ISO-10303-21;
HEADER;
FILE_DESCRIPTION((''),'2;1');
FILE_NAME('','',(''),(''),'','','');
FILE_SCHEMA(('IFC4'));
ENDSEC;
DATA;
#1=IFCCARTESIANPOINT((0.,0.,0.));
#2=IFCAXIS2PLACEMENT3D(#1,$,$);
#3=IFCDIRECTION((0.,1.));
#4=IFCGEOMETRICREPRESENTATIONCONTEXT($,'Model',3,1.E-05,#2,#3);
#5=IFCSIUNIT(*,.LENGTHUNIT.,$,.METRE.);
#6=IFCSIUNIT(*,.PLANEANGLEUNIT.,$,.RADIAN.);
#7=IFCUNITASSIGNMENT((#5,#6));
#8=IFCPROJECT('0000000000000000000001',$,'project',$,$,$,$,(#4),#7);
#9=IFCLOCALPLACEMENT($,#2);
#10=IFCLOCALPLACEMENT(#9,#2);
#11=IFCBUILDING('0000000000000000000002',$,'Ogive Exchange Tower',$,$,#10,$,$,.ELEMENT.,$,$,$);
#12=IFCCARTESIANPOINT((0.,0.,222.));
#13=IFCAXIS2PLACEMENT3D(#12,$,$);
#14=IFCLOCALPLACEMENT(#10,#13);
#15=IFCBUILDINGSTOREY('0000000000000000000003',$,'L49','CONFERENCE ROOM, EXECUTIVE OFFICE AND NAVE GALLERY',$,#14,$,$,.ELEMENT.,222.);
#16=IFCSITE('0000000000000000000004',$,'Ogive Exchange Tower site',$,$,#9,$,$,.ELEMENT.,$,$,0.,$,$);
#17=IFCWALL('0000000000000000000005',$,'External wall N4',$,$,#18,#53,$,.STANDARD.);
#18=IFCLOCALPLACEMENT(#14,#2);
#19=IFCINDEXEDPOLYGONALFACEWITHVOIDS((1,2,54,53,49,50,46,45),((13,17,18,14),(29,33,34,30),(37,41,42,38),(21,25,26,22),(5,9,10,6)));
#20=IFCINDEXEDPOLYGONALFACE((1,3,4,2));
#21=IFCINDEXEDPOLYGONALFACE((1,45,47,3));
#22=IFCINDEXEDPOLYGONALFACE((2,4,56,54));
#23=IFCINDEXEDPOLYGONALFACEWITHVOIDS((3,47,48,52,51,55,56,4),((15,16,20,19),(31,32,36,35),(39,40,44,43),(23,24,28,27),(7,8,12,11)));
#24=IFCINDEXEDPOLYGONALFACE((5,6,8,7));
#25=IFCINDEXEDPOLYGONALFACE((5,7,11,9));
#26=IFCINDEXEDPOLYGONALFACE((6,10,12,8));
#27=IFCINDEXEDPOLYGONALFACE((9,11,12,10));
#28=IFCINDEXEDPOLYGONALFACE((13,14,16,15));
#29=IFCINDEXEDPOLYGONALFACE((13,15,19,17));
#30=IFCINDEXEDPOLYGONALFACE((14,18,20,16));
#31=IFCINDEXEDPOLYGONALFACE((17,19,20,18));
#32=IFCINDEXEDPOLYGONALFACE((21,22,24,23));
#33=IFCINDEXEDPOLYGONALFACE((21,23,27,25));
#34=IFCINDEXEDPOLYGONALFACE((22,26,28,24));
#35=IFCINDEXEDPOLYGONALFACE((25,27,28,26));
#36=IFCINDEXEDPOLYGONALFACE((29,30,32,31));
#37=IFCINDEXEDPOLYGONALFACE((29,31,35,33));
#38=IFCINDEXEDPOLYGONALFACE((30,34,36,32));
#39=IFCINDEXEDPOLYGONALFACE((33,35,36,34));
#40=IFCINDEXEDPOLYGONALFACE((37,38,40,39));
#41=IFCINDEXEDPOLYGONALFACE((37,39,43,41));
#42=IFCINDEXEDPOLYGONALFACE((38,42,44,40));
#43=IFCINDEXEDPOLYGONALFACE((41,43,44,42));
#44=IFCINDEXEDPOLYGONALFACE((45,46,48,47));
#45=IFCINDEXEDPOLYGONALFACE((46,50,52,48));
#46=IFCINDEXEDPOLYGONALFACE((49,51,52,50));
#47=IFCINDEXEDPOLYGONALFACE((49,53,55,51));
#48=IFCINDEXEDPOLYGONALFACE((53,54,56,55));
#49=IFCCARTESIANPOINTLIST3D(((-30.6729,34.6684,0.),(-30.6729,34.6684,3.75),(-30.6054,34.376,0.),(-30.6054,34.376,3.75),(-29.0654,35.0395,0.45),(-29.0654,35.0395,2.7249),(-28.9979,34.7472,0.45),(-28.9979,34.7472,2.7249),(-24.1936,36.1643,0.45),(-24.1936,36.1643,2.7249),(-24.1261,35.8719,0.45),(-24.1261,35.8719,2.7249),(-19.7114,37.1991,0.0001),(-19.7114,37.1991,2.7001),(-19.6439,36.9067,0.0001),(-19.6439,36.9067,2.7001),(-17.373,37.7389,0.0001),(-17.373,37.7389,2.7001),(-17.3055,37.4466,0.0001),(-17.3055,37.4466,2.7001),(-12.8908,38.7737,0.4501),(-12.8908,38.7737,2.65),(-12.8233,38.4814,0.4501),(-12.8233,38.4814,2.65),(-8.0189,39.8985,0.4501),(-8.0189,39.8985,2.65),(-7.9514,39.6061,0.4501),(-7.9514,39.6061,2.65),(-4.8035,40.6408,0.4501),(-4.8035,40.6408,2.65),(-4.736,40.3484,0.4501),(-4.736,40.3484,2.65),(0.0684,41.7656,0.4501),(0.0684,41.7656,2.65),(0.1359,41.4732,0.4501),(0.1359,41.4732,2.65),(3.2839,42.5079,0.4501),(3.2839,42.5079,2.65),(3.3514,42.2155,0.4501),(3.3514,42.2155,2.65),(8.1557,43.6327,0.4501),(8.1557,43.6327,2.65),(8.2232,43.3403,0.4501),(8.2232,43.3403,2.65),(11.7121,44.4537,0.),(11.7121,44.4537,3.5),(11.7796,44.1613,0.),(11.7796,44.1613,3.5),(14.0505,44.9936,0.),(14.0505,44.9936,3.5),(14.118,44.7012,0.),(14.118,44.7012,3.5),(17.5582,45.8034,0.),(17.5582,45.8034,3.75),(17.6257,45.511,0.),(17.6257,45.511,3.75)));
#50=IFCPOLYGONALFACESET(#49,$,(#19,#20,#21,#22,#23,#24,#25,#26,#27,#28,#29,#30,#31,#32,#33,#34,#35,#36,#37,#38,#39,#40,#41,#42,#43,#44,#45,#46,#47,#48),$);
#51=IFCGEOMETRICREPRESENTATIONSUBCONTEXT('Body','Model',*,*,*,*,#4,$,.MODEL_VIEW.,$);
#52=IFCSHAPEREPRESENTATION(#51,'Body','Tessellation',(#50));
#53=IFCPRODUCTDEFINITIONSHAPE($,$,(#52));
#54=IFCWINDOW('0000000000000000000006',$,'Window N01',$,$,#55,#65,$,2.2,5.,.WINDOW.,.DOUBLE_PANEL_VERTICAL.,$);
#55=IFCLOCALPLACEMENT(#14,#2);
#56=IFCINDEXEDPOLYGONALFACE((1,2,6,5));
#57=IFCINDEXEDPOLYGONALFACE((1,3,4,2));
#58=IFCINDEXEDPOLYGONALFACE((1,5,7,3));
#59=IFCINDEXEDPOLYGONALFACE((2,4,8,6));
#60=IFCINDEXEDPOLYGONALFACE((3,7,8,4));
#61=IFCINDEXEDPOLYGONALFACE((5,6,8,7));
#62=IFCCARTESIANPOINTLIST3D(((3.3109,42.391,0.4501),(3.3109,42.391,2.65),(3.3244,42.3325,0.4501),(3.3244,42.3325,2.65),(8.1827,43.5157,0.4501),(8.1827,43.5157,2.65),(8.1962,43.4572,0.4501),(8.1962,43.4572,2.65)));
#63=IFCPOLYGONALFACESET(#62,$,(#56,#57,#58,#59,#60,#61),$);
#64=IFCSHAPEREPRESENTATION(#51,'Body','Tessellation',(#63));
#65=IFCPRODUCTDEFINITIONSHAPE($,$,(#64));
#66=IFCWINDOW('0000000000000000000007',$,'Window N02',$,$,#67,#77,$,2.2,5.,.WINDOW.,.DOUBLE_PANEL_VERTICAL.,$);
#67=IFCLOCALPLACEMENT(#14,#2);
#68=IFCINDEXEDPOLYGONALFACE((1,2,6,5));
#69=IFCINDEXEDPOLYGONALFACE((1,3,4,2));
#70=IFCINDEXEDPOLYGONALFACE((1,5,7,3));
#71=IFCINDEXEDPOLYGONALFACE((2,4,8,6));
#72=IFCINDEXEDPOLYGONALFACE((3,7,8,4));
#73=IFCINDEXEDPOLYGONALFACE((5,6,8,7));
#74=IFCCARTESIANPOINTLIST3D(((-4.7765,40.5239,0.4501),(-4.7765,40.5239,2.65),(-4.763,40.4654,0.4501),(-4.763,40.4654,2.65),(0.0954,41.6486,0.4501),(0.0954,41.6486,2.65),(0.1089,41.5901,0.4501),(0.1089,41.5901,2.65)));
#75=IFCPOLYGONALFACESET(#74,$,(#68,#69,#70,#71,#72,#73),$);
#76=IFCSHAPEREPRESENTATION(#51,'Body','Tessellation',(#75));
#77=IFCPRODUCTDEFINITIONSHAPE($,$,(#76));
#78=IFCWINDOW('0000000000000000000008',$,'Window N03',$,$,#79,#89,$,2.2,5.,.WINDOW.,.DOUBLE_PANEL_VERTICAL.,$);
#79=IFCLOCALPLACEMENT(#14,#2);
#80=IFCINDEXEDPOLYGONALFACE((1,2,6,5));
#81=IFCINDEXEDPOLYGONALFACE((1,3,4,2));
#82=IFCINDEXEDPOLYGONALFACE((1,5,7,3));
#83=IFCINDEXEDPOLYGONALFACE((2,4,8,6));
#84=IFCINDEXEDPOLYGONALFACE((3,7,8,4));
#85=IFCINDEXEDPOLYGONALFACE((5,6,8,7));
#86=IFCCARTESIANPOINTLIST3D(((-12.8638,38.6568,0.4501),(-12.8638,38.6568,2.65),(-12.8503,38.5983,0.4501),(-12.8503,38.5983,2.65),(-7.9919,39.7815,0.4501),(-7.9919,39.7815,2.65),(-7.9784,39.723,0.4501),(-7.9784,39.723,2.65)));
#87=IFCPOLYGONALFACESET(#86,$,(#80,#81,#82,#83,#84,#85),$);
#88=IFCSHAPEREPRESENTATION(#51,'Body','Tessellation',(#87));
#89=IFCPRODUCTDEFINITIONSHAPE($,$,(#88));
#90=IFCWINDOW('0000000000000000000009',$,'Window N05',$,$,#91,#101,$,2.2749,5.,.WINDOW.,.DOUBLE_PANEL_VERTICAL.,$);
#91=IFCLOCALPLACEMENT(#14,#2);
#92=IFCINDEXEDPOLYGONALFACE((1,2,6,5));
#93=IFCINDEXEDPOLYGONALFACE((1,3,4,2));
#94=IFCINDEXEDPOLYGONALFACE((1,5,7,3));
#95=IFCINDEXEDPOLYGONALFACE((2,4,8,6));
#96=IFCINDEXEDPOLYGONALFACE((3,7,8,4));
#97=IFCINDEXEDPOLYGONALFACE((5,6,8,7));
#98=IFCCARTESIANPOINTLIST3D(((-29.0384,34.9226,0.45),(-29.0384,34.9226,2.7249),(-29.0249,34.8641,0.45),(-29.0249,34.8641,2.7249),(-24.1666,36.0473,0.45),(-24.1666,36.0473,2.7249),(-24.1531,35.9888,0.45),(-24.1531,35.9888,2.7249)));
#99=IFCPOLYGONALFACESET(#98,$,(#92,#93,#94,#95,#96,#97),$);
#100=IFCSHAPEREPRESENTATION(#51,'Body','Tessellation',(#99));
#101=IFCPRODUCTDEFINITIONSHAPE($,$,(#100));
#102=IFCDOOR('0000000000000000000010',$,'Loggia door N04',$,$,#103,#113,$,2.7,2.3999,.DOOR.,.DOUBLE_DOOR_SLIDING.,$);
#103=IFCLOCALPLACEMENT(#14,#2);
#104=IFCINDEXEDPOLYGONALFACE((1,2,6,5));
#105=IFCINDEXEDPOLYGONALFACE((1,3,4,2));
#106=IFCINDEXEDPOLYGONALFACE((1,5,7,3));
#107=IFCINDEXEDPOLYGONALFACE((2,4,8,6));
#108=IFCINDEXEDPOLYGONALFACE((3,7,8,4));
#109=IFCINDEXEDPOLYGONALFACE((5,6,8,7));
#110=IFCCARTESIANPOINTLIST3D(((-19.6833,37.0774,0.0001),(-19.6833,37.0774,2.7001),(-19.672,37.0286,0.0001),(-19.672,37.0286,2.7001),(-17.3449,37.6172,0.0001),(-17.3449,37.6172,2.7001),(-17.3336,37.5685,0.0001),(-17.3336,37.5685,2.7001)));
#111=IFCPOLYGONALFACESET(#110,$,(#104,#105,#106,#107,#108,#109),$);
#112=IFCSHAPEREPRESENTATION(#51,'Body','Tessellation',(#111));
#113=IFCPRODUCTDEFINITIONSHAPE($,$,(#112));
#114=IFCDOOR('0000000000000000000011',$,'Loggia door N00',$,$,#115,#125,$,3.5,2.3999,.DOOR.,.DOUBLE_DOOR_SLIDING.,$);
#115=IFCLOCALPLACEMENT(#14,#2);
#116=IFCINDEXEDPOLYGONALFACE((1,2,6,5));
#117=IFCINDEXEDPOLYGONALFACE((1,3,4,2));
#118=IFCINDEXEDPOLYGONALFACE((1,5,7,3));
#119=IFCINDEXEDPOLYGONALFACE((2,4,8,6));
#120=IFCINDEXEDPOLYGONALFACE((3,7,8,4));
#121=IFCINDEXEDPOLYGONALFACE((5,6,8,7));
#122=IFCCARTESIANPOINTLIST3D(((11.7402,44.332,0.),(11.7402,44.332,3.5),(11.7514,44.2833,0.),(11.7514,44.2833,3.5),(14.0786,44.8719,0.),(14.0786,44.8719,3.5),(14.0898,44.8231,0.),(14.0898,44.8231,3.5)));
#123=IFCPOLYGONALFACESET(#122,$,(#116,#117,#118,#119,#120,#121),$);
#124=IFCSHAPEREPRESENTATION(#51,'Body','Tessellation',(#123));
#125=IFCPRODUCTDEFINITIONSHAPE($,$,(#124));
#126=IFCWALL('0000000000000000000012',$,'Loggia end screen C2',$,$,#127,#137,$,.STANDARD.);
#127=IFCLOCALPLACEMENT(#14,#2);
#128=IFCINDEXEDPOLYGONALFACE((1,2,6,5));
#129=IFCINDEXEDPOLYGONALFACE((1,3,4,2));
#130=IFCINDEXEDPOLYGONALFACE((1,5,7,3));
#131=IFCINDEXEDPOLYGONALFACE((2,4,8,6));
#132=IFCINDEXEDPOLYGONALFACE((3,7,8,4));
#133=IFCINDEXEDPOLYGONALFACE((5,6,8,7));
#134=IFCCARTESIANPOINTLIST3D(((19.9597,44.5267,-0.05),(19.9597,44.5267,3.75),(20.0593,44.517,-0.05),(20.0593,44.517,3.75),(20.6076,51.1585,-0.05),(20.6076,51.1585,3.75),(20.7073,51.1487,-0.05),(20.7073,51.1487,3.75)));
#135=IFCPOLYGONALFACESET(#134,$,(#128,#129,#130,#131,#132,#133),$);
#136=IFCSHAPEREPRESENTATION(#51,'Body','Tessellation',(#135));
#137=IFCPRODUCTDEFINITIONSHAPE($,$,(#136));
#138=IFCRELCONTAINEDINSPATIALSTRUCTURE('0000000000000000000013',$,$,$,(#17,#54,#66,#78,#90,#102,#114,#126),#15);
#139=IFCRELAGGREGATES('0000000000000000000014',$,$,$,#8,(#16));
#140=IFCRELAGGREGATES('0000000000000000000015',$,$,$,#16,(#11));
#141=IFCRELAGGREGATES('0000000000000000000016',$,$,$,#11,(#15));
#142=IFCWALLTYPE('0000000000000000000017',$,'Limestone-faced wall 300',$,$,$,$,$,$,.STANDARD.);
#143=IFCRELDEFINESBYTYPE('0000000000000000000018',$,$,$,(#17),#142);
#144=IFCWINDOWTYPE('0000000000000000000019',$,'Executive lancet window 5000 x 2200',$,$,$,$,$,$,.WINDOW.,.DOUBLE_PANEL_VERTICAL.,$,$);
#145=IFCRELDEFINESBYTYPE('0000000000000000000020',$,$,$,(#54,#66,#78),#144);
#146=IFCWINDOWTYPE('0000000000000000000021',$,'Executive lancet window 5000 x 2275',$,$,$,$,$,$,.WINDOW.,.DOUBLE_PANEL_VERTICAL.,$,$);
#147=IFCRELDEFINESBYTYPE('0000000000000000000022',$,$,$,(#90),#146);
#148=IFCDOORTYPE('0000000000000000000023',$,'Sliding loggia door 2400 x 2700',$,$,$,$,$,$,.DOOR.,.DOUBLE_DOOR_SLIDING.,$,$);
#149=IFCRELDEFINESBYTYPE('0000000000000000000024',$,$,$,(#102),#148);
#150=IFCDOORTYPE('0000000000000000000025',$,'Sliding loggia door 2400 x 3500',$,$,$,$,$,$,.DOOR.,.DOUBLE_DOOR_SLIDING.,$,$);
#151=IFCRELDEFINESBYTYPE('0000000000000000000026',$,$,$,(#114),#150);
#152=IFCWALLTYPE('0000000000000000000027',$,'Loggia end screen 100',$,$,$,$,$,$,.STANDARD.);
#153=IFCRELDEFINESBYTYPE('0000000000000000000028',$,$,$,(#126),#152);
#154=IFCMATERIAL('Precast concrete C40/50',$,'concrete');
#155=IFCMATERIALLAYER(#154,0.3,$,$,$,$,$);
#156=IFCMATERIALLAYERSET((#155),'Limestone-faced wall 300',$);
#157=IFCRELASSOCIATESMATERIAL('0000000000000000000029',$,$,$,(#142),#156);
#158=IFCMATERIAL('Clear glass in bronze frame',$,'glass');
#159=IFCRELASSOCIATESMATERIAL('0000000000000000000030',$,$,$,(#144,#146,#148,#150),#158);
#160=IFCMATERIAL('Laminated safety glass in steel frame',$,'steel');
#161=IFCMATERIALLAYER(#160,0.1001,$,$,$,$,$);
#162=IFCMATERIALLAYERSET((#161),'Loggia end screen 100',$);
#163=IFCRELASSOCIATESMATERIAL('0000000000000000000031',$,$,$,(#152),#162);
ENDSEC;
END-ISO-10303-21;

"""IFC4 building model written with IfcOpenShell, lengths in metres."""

from ifc_helpers import new_model, si_unit, direction, frame, frame_2d, origin, place, context, subcontext, project, spatial, rectangle, extrude, material, layer, layer_set, type_object, element, fill, save


model = new_model("IFC4")

# Units and contexts
model_context = context("Model", 3, precision=1e-05, world=origin(), true_north=direction((0.0, 1.0)))
body_context = subcontext(model_context, "Body", "Model", "MODEL_VIEW")
ifc_project = project(units=[si_unit("LENGTHUNIT", "METRE"), si_unit("PLANEANGLEUNIT", "RADIAN")], contexts=[model_context])

# Site, building, storey
site_placement = place(None, origin())
site = spatial("IfcSite", under=ifc_project, at=site_placement, Name="Ogive Exchange Tower site", CompositionType="ELEMENT", RefElevation=0.0)
building_placement = place(site_placement, origin())
building = spatial("IfcBuilding", under=site, at=building_placement, Name="Ogive Exchange Tower", CompositionType="ELEMENT")
storey_placement = place(building_placement, frame((0.0, 0.0, 222.0)))
storey = spatial("IfcBuildingStorey", under=building, at=storey_placement, Name="L49", Description="CONFERENCE ROOM, EXECUTIVE OFFICE AND NAVE GALLERY", CompositionType="ELEMENT", Elevation=222.0)

# Wall, openings, windows, doors
ifc_material_1 = material(Name="Precast concrete C40/50", Category="concrete")
ifc_layer_1 = layer(ifc_material_1, 0.3)
ifc_layer_set_1 = layer_set([ifc_layer_1], Name="Limestone-faced wall 300")
wall_type_1 = type_object("IfcWallType", Name="Limestone-faced wall 300", PredefinedType="STANDARD", material=ifc_layer_set_1)
wall_1_placement = place(storey_placement, frame((17.592, 45.6572, 0.0), z_axis=(0.0, 0.0, 1.0), x_axis=(-0.97437, -0.22495, 0.0)))
wall_1 = element("IfcWall", 1, at=wall_1_placement, inside=storey, type_object=wall_type_1, Name="External wall N4", PredefinedType="STANDARD", context=body_context, shape_type="SweptSolid", body=[
    extrude(rectangle(XDim=49.4998, YDim=0.3, at=frame_2d((24.75, 0.0))), origin(), (0.0, 0.0, 1.0), 3.75),
])
opening_1_placement = place(wall_1_placement, frame((3.6001, 0.0, 0.0)))
opening_1 = element("IfcOpeningElement", 2, at=opening_1_placement, cuts=wall_1, PredefinedType="OPENING", context=body_context, shape_type="SweptSolid", body=[
    extrude(rectangle(XDim=2.3999, YDim=3.5, at=frame_2d((1.2, 1.75))), frame((0.0, 0.1599, 0.0), z_axis=(0.0, -1.0, 0.0), x_axis=(1.0, 0.0, 0.0)), (0.0, 0.0, 1.0), 0.3201),
])
opening_2_placement = place(wall_1_placement, frame((9.6499, 0.0, 0.45)))
opening_2 = element("IfcOpeningElement", 3, at=opening_2_placement, cuts=wall_1, PredefinedType="OPENING", context=body_context, shape_type="SweptSolid", body=[
    extrude(rectangle(XDim=5.0, YDim=2.2, at=frame_2d((2.5, 1.1001))), frame((0.0, 0.1599, 0.0), z_axis=(0.0, -1.0, 0.0), x_axis=(1.0, 0.0, 0.0)), (0.0, 0.0, 1.0), 0.3201),
])
opening_3_placement = place(wall_1_placement, frame((17.95, 0.0, 0.45)))
opening_3 = element("IfcOpeningElement", 4, at=opening_3_placement, cuts=wall_1, PredefinedType="OPENING", context=body_context, shape_type="SweptSolid", body=[
    extrude(rectangle(XDim=5.0, YDim=2.2, at=frame_2d((2.5, 1.1001))), frame((0.0, 0.1599, 0.0), z_axis=(0.0, -1.0, 0.0), x_axis=(1.0, 0.0, 0.0)), (0.0, 0.0, 1.0), 0.3201),
])
opening_4_placement = place(wall_1_placement, frame((26.25, 0.0, 0.45)))
opening_4 = element("IfcOpeningElement", 5, at=opening_4_placement, cuts=wall_1, PredefinedType="OPENING", context=body_context, shape_type="SweptSolid", body=[
    extrude(rectangle(XDim=5.0, YDim=2.2, at=frame_2d((2.5, 1.1001))), frame((0.0, 0.1599, 0.0), z_axis=(0.0, -1.0, 0.0), x_axis=(1.0, 0.0, 0.0)), (0.0, 0.0, 1.0), 0.3201),
])
opening_5_placement = place(wall_1_placement, frame((35.8501, 0.0, 0.0)))
opening_5 = element("IfcOpeningElement", 6, at=opening_5_placement, cuts=wall_1, PredefinedType="OPENING", context=body_context, shape_type="SweptSolid", body=[
    extrude(rectangle(XDim=2.3999, YDim=2.7, at=frame_2d((1.2, 1.3501))), frame((0.0, 0.1599, 0.0), z_axis=(0.0, -1.0, 0.0), x_axis=(1.0, 0.0, 0.0)), (0.0, 0.0, 1.0), 0.3201),
])
opening_6_placement = place(wall_1_placement, frame((42.8501, 0.0, 0.45)))
opening_6 = element("IfcOpeningElement", 7, at=opening_6_placement, cuts=wall_1, PredefinedType="OPENING", context=body_context, shape_type="SweptSolid", body=[
    extrude(rectangle(XDim=5.0, YDim=2.2749, at=frame_2d((2.5, 1.1375))), frame((0.0, 0.1599, 0.0), z_axis=(0.0, -1.0, 0.0), x_axis=(1.0, 0.0, 0.0)), (0.0, 0.0, 1.0), 0.3201),
])
ifc_material_2 = material(Name="Clear glass in bronze frame", Category="glass")
window_type_1 = type_object("IfcWindowType", Name="Executive lancet window 5000 x 2200", PartitioningType="DOUBLE_PANEL_VERTICAL", PredefinedType="WINDOW", material=ifc_material_2)
window_1_placement = place(opening_2_placement, origin())
window_1 = element("IfcWindow", 8, at=window_1_placement, inside=storey, type_object=window_type_1, Name="Window N01", OverallHeight=2.2, OverallWidth=5.0, PartitioningType="DOUBLE_PANEL_VERTICAL", PredefinedType="WINDOW", context=body_context, shape_type="SweptSolid", body=[
    extrude(rectangle(XDim=5.0, YDim=2.2, at=frame_2d((2.5, 1.1001))), frame((0.0, 0.03, 0.0), z_axis=(0.0, -1.0, 0.0), x_axis=(1.0, 0.0, 0.0)), (0.0, 0.0, 1.0), 0.0601),
])
fill(opening_2, window_1)
window_2_placement = place(opening_3_placement, origin())
window_2 = element("IfcWindow", 9, at=window_2_placement, inside=storey, type_object=window_type_1, Name="Window N02", OverallHeight=2.2, OverallWidth=5.0, PartitioningType="DOUBLE_PANEL_VERTICAL", PredefinedType="WINDOW", context=body_context, shape_type="SweptSolid", body=[
    extrude(rectangle(XDim=5.0, YDim=2.2, at=frame_2d((2.5, 1.1001))), frame((0.0, 0.03, 0.0), z_axis=(0.0, -1.0, 0.0), x_axis=(1.0, 0.0, 0.0)), (0.0, 0.0, 1.0), 0.0601),
])
fill(opening_3, window_2)
window_3_placement = place(opening_4_placement, origin())
window_3 = element("IfcWindow", 10, at=window_3_placement, inside=storey, type_object=window_type_1, Name="Window N03", OverallHeight=2.2, OverallWidth=5.0, PartitioningType="DOUBLE_PANEL_VERTICAL", PredefinedType="WINDOW", context=body_context, shape_type="SweptSolid", body=[
    extrude(rectangle(XDim=5.0, YDim=2.2, at=frame_2d((2.5, 1.1001))), frame((0.0, 0.03, 0.0), z_axis=(0.0, -1.0, 0.0), x_axis=(1.0, 0.0, 0.0)), (0.0, 0.0, 1.0), 0.0601),
])
fill(opening_4, window_3)
window_type_2 = type_object("IfcWindowType", Name="Executive lancet window 5000 x 2275", PartitioningType="DOUBLE_PANEL_VERTICAL", PredefinedType="WINDOW", material=ifc_material_2)
window_4_placement = place(opening_6_placement, origin())
window_4 = element("IfcWindow", 11, at=window_4_placement, inside=storey, type_object=window_type_2, Name="Window N05", OverallHeight=2.2749, OverallWidth=5.0, PartitioningType="DOUBLE_PANEL_VERTICAL", PredefinedType="WINDOW", context=body_context, shape_type="SweptSolid", body=[
    extrude(rectangle(XDim=5.0, YDim=2.2749, at=frame_2d((2.5, 1.1375))), frame((0.0, 0.03, 0.0), z_axis=(0.0, -1.0, 0.0), x_axis=(1.0, 0.0, 0.0)), (0.0, 0.0, 1.0), 0.0601),
])
fill(opening_6, window_4)
door_type_1 = type_object("IfcDoorType", Name="Sliding loggia door 2400 x 2700", OperationType="DOUBLE_DOOR_SLIDING", PredefinedType="DOOR", material=ifc_material_2)
door_1_placement = place(opening_5_placement, origin())
door_1 = element("IfcDoor", 12, at=door_1_placement, inside=storey, type_object=door_type_1, Name="Loggia door N04", OperationType="DOUBLE_DOOR_SLIDING", OverallHeight=2.7, OverallWidth=2.3999, PredefinedType="DOOR", context=body_context, shape_type="SweptSolid", body=[
    extrude(rectangle(XDim=2.3999, YDim=2.7, at=frame_2d((1.2, 1.3501))), frame((0.0, 0.0249, 0.0), z_axis=(0.0, -1.0, 0.0), x_axis=(1.0, 0.0, 0.0)), (0.0, 0.0, 1.0), 0.05),
])
fill(opening_5, door_1)
door_type_2 = type_object("IfcDoorType", Name="Sliding loggia door 2400 x 3500", OperationType="DOUBLE_DOOR_SLIDING", PredefinedType="DOOR", material=ifc_material_2)
door_2_placement = place(opening_1_placement, origin())
door_2 = element("IfcDoor", 13, at=door_2_placement, inside=storey, type_object=door_type_2, Name="Loggia door N00", OperationType="DOUBLE_DOOR_SLIDING", OverallHeight=3.5, OverallWidth=2.3999, PredefinedType="DOOR", context=body_context, shape_type="SweptSolid", body=[
    extrude(rectangle(XDim=2.3999, YDim=3.5, at=frame_2d((1.2, 1.75))), frame((0.0, 0.0249, 0.0), z_axis=(0.0, -1.0, 0.0), x_axis=(1.0, 0.0, 0.0)), (0.0, 0.0, 1.0), 0.05),
])
fill(opening_1, door_2)

# Wall
ifc_material_3 = material(Name="Laminated safety glass in steel frame", Category="steel")
ifc_layer_2 = layer(ifc_material_3, 0.1001)
ifc_layer_set_2 = layer_set([ifc_layer_2], Name="Loggia end screen 100")
wall_type_2 = type_object("IfcWallType", Name="Loggia end screen 100", PredefinedType="STANDARD", material=ifc_layer_set_2)
wall_2_placement = place(storey_placement, frame((20.0095, 44.522, -0.05), z_axis=(0.0, 0.0, 1.0), x_axis=(0.09724, 0.995261, 0.0)))
element("IfcWall", 14, at=wall_2_placement, inside=storey, type_object=wall_type_2, Name="Loggia end screen C2", PredefinedType="STANDARD", context=body_context, shape_type="SweptSolid", body=[
    extrude(rectangle(XDim=6.6633, YDim=0.1001, at=frame_2d((3.3315, 0.0))), origin(), (0.0, 0.0, 1.0), 3.8),
])

save(model, "model.ifc")
